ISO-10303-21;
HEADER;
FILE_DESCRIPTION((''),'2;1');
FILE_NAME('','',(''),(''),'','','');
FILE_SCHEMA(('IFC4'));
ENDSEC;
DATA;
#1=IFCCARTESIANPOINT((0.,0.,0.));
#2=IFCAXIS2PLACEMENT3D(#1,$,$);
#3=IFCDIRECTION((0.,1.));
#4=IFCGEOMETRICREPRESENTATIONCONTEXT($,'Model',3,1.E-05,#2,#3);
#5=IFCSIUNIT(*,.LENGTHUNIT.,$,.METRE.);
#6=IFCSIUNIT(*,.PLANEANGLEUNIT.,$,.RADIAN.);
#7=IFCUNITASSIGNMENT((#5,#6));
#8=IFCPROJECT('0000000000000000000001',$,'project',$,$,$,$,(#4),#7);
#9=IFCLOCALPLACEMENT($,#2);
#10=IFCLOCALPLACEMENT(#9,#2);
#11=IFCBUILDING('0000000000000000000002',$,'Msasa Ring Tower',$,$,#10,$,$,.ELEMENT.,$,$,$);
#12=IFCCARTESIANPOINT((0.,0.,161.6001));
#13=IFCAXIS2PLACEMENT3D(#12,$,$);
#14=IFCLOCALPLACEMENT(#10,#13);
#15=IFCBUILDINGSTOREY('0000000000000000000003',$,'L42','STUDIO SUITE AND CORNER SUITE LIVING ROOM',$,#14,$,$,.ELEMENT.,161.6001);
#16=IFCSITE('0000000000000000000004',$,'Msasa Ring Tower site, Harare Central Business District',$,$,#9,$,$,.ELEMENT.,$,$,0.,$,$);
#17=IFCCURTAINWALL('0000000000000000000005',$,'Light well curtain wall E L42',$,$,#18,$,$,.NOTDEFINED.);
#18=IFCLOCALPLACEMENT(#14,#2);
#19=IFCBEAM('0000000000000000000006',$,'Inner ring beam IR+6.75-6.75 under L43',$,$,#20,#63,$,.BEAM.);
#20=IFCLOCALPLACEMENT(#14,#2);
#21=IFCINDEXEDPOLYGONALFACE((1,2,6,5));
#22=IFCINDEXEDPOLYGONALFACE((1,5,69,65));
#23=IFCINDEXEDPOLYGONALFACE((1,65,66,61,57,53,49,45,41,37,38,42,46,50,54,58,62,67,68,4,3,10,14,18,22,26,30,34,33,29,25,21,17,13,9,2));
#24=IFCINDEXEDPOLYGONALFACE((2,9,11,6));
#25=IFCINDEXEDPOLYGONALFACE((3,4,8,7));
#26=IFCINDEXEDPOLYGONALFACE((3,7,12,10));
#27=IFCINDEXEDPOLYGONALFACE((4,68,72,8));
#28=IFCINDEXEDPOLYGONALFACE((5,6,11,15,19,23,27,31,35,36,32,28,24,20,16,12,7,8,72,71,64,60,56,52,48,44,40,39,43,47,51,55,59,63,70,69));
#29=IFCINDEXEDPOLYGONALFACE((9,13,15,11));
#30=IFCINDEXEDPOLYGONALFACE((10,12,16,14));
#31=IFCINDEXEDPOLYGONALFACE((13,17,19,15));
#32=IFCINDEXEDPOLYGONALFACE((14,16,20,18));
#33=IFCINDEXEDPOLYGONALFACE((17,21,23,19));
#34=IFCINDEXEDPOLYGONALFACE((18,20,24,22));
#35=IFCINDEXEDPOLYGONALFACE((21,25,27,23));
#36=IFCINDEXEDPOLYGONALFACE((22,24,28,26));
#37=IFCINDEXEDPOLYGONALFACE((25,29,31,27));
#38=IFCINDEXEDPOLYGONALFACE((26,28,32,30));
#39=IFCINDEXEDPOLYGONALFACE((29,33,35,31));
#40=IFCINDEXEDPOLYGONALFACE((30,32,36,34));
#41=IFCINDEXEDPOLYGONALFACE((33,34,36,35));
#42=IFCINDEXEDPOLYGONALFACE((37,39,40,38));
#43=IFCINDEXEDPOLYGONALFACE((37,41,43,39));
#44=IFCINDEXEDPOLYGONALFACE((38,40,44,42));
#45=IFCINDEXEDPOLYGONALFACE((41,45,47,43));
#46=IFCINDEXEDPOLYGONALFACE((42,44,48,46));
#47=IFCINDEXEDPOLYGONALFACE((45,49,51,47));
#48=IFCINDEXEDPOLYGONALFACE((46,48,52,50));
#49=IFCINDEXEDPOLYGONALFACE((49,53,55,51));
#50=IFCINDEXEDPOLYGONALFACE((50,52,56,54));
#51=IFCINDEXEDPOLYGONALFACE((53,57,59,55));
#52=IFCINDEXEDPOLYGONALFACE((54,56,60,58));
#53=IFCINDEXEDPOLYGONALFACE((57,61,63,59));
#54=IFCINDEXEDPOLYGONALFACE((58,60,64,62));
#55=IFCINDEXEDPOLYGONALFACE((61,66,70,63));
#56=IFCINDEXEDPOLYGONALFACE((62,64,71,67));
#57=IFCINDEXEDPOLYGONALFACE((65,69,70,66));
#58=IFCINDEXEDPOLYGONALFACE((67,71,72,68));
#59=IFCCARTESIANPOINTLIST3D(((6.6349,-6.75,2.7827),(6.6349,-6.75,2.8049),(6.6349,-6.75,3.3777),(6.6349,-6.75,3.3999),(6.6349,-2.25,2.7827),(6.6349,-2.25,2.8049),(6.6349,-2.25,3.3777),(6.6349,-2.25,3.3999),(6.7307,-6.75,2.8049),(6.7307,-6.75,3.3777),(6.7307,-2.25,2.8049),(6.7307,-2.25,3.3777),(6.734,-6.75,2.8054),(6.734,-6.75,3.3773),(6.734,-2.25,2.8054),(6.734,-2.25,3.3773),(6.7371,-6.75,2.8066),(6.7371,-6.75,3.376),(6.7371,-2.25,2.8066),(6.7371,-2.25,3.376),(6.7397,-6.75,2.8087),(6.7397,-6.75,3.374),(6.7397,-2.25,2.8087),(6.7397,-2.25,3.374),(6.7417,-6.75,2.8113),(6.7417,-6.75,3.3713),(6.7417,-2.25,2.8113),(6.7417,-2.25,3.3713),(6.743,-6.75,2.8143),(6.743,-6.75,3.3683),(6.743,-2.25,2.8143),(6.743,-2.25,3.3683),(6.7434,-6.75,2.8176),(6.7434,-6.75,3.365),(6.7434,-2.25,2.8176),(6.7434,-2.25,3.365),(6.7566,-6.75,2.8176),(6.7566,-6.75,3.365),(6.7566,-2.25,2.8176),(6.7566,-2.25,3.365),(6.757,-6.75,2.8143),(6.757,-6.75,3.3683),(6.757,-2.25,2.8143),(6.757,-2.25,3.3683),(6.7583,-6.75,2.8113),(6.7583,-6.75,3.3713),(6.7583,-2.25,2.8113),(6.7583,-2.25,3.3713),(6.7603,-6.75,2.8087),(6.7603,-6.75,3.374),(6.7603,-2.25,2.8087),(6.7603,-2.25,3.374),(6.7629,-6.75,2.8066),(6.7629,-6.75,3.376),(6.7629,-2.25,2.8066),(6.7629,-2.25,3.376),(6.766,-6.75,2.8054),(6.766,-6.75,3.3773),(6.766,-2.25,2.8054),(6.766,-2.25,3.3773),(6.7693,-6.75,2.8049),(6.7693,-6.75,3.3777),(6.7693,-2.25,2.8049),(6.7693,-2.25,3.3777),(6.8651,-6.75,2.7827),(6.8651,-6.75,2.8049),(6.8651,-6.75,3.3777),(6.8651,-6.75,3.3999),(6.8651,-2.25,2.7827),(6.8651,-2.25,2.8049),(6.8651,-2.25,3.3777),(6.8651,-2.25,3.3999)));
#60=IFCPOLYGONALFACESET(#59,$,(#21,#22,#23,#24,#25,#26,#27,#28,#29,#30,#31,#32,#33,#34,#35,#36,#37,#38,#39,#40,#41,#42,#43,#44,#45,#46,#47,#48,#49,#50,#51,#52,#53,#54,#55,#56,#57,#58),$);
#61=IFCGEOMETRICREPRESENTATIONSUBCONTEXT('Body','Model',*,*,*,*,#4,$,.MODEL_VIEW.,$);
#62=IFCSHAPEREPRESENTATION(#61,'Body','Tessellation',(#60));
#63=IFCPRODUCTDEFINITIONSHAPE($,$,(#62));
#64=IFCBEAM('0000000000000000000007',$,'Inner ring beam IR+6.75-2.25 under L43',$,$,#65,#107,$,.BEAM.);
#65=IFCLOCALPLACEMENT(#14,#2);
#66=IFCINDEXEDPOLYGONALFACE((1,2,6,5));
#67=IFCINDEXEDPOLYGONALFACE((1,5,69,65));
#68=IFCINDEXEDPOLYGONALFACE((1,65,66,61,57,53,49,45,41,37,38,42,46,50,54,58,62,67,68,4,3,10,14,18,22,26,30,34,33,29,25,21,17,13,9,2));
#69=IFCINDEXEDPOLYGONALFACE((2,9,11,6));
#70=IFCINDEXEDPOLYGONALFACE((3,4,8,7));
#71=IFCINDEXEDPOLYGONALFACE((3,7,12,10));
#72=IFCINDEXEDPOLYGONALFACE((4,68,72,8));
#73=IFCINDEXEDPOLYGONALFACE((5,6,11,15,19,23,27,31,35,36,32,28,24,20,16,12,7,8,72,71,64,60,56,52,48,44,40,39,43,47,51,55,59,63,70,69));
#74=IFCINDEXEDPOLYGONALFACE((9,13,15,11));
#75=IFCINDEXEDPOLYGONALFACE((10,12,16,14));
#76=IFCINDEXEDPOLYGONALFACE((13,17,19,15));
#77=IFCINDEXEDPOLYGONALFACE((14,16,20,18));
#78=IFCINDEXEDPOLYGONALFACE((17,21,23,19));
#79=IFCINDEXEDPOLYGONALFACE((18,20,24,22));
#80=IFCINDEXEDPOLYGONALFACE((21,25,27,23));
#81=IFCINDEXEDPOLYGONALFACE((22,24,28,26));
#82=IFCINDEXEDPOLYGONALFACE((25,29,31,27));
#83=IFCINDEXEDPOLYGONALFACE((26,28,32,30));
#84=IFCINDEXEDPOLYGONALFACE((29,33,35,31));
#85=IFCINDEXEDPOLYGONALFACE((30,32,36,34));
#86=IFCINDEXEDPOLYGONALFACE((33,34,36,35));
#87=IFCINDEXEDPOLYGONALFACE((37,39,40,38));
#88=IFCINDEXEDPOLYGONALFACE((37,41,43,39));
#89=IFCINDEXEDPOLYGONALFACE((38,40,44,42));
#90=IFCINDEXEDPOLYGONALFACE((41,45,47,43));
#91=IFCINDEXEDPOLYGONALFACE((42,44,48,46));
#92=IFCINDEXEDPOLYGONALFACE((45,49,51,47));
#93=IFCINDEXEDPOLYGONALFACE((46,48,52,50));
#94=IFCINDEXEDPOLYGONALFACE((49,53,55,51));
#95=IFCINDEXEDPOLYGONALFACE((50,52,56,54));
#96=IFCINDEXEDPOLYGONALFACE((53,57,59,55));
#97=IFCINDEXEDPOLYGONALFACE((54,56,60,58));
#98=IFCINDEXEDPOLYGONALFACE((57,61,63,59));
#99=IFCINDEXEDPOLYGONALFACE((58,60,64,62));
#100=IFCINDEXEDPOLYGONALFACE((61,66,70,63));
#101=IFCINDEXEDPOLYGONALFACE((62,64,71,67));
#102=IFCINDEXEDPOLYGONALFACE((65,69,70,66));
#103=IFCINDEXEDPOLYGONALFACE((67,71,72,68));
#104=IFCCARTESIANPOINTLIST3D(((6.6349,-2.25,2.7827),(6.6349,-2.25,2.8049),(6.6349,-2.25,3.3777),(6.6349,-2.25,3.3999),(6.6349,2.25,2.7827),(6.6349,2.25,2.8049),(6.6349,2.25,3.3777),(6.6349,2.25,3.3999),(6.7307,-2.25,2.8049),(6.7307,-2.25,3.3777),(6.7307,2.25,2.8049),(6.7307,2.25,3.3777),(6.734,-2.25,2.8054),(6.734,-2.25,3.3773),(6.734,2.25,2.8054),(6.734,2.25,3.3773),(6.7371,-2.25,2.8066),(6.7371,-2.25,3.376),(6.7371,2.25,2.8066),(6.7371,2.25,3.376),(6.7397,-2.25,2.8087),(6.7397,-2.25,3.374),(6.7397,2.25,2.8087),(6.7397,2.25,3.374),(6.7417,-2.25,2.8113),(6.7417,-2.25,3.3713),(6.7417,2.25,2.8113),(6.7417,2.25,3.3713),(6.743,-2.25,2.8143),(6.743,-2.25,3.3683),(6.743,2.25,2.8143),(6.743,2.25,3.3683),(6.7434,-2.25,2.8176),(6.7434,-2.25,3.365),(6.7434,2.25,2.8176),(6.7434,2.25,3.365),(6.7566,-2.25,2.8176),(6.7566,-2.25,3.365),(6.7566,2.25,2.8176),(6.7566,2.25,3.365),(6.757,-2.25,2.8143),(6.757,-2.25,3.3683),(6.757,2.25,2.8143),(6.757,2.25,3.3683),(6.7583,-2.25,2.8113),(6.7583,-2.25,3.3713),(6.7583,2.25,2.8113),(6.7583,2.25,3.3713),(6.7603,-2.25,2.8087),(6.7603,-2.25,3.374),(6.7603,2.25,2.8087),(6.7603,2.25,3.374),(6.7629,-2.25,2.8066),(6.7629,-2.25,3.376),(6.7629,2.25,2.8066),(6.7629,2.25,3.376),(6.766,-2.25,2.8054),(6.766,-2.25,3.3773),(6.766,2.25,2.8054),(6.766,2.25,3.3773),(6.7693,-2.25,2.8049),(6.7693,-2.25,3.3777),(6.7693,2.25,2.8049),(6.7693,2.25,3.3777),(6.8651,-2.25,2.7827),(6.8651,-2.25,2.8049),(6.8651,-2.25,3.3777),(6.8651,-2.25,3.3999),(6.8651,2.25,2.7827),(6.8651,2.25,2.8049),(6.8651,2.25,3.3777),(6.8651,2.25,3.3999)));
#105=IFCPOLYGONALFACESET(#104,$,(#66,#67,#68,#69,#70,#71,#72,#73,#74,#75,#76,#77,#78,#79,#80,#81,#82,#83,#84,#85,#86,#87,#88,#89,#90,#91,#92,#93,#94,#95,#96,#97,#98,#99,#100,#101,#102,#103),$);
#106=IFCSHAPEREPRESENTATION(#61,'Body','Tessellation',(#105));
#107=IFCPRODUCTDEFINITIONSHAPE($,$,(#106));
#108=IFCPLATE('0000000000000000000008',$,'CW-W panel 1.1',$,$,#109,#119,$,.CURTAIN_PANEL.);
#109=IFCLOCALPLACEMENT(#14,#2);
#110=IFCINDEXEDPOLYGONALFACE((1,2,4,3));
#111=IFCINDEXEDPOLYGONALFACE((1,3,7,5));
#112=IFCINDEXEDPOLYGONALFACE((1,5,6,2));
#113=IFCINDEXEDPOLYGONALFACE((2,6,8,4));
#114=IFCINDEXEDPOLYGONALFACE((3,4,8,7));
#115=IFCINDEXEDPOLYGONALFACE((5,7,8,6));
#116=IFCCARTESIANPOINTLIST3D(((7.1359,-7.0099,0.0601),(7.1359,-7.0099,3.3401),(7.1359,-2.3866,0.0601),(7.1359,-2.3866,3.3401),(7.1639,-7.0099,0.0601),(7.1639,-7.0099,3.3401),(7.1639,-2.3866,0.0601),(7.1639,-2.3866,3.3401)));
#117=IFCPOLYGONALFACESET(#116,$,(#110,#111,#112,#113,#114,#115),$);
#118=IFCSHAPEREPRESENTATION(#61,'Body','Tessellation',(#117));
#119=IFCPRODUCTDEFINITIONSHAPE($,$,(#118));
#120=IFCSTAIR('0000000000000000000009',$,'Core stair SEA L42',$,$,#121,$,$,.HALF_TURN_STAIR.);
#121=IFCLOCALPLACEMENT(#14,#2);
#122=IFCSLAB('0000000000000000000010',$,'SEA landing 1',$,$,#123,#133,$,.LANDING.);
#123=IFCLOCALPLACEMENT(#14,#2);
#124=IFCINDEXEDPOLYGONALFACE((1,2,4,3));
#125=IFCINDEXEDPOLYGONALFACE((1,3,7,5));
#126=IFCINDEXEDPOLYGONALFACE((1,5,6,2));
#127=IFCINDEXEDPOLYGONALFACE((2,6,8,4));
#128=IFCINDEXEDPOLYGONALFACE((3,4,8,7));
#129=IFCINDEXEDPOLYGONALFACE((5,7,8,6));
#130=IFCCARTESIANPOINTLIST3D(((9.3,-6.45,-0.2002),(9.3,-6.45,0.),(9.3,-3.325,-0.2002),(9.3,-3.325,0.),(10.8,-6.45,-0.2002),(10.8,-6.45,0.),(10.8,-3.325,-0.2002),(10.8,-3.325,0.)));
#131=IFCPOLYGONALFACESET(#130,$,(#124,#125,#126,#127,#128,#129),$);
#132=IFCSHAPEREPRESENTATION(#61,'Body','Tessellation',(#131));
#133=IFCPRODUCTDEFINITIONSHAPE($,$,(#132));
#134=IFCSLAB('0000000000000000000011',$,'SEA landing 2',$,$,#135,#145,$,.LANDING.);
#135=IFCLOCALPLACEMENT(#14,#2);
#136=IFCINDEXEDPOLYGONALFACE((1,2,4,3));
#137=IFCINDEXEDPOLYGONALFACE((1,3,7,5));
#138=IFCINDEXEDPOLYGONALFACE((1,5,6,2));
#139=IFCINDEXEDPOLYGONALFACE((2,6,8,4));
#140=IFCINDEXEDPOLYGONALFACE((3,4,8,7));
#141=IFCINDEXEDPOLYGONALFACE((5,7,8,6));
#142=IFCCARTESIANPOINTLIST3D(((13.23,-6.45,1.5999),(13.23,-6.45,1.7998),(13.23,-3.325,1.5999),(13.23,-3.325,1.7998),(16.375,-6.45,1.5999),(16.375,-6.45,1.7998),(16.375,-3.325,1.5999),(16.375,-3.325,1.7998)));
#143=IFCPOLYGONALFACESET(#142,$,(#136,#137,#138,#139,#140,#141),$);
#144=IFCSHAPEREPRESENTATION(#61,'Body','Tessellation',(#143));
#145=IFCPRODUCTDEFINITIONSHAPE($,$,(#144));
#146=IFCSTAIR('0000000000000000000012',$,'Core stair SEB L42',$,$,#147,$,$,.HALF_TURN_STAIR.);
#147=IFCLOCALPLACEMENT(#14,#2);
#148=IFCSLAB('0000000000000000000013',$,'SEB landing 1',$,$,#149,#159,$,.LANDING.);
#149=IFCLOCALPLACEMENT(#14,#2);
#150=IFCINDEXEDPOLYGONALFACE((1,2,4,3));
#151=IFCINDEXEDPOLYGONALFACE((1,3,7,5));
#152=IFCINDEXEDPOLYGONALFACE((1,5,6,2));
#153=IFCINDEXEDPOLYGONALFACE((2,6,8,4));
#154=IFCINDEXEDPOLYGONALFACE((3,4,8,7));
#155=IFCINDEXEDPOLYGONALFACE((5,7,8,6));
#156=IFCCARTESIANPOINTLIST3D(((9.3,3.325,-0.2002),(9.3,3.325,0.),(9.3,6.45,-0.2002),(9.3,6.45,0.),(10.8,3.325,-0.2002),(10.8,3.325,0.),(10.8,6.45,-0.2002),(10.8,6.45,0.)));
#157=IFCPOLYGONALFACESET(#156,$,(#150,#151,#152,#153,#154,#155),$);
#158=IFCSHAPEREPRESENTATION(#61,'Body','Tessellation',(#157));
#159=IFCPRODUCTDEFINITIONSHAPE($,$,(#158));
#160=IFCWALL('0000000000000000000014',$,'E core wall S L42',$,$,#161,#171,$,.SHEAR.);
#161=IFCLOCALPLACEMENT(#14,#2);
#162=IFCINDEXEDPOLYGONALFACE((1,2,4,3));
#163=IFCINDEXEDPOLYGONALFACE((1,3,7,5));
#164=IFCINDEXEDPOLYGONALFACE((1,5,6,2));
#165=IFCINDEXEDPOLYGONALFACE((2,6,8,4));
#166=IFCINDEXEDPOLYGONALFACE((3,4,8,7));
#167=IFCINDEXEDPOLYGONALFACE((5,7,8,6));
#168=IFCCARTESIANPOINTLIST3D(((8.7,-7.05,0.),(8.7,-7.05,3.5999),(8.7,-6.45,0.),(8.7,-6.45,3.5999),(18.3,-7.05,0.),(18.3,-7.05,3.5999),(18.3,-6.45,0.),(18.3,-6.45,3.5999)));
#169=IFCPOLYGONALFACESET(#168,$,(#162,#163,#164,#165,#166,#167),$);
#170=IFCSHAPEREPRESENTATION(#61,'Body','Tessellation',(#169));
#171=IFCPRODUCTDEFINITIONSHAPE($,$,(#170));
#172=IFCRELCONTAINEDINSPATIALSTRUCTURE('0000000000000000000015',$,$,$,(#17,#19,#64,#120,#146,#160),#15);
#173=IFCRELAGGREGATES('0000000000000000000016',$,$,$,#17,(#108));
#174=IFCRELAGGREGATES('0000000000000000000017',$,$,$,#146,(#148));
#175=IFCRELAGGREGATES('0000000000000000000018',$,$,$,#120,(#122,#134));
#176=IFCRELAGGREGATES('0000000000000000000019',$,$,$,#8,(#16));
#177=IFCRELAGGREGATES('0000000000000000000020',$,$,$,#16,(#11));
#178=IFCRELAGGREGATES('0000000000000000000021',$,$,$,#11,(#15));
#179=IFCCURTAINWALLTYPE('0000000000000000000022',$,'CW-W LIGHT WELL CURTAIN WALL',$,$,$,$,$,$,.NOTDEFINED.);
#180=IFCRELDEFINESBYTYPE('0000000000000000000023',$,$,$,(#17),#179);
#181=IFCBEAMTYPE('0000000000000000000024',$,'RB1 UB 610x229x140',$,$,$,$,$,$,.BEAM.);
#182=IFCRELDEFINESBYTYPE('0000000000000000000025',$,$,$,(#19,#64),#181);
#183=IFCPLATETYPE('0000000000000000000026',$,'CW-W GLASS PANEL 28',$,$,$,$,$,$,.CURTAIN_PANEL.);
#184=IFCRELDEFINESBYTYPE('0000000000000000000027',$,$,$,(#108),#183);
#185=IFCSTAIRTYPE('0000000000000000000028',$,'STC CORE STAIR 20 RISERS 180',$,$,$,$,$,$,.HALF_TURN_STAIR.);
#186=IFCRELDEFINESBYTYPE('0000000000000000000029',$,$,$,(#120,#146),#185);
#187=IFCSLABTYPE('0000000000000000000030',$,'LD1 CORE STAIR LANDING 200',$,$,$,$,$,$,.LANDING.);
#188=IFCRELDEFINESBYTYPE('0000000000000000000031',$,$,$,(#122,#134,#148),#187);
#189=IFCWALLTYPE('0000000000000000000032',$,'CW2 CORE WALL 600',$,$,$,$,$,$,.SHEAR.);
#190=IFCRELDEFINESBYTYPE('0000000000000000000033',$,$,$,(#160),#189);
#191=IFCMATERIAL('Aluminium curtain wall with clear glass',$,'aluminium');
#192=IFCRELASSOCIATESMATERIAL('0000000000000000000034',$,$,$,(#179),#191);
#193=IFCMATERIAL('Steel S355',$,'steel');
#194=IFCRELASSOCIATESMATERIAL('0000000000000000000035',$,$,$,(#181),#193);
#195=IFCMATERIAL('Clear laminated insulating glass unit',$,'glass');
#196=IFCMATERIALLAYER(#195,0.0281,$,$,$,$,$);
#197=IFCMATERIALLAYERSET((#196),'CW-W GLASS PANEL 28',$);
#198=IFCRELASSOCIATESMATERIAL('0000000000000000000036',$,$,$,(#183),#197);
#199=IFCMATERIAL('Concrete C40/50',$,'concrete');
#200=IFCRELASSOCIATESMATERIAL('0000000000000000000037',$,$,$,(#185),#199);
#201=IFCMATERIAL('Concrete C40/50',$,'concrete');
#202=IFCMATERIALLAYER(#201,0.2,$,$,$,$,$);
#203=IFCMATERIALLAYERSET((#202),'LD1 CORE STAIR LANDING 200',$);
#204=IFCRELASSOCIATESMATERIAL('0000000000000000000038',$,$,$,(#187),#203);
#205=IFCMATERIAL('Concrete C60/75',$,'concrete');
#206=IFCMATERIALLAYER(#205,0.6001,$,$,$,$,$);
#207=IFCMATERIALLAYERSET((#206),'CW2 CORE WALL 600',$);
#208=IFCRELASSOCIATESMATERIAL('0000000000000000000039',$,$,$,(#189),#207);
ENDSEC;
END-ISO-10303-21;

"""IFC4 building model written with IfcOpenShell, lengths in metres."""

from ifc_helpers import new_model, si_unit, direction, frame, frame_2d, origin, origin_2d, place, context, subcontext, project, spatial, polyline, rectangle, i_section, outline, extrude, material, layer, layer_set, material_profile, profile_set, type_object, element, aggregate, save


model = new_model("IFC4")

# Units and contexts
model_context = context("Model", 3, precision=1e-05, world=origin(), true_north=direction((0.0, 1.0)))
body_context = subcontext(model_context, "Body", "Model", "MODEL_VIEW")
ifc_project = project(units=[si_unit("LENGTHUNIT", "METRE"), si_unit("PLANEANGLEUNIT", "RADIAN")], contexts=[model_context])

# Site, building, storey
site_placement = place(None, origin())
site = spatial("IfcSite", under=ifc_project, at=site_placement, Name="Msasa Ring Tower site, Harare Central Business District", CompositionType="ELEMENT", RefElevation=0.0)
building_placement = place(site_placement, origin())
building = spatial("IfcBuilding", under=site, at=building_placement, Name="Msasa Ring Tower", CompositionType="ELEMENT")
storey_placement = place(building_placement, frame((0.0, 0.0, 161.6001)))
storey = spatial("IfcBuildingStorey", under=building, at=storey_placement, Name="L42", Description="STUDIO SUITE AND CORNER SUITE LIVING ROOM", CompositionType="ELEMENT", Elevation=161.6001)

# Shared definitions
ifc_material_1 = material(Name="Aluminium curtain wall with clear glass", Category="aluminium")
curtain_wall_type = type_object("IfcCurtainWallType", Name="CW-W LIGHT WELL CURTAIN WALL", PredefinedType="NOTDEFINED", material=ifc_material_1)

# Curtain wall
curtain_wall_1_placement = place(storey_placement, origin())
curtain_wall_1 = element("IfcCurtainWall", 1, at=curtain_wall_1_placement, inside=storey, type_object=curtain_wall_type, Name="Light well curtain wall E L42", PredefinedType="NOTDEFINED")

# Beams
ifc_material_2 = material(Name="Steel S355", Category="steel")
ifc_material_profile_1 = material_profile(ifc_material_2, i_section(OverallWidth=0.2302, OverallDepth=0.6172, WebThickness=0.0132, FlangeThickness=0.0222, FilletRadius=0.0127, at=origin_2d()), Name="UB 610x229x140")
ifc_profile_set_1 = profile_set([ifc_material_profile_1], Name="Steel S355")
beam_type = type_object("IfcBeamType", Name="RB1 UB 610x229x140", PredefinedType="BEAM", material=ifc_profile_set_1)
for number, where, z_axis, x_axis, name in (
    (2, (6.75, -6.75, 3.0913), (0.0, 1.0, 0.0), (-1.0, 0.0, 0.0), "Inner ring beam IR+6.75-6.75 under L43"),
    (3, (6.75, -2.25, 3.0913), (0.0, 1.0, 0.0), (-1.0, 0.0, 0.0), "Inner ring beam IR+6.75-2.25 under L43"),
):
    element("IfcBeam", number, at=place(storey_placement, frame(where, z_axis=z_axis, x_axis=x_axis)), inside=storey, type_object=beam_type, Name=name, PredefinedType="BEAM", context=body_context, shape_type="SweptSolid", body=[
        extrude(i_section(OverallWidth=0.2302, OverallDepth=0.6172, WebThickness=0.0132, FlangeThickness=0.0222, FilletRadius=0.0127, at=origin_2d()), origin(), (0.0, 0.0, 1.0), 4.5),
    ])

# Plate
ifc_material_3 = material(Name="Clear laminated insulating glass unit", Category="glass")
ifc_layer_1 = layer(ifc_material_3, 0.0281)
ifc_layer_set_1 = layer_set([ifc_layer_1], Name="CW-W GLASS PANEL 28")
plate_type = type_object("IfcPlateType", Name="CW-W GLASS PANEL 28", PredefinedType="CURTAIN_PANEL", material=ifc_layer_set_1)
plate_placement = place(storey_placement, frame((7.1499, -4.6982, 0.0601), z_axis=(0.0, 0.0, 1.0), x_axis=(0.0, 1.0, 0.0)))
plate = element("IfcPlate", 4, at=plate_placement, type_object=plate_type, Name="CW-W panel 1.1", PredefinedType="CURTAIN_PANEL", context=body_context, shape_type="SweptSolid", body=[
    extrude(rectangle(XDim=4.6233, YDim=0.0281, at=origin_2d()), origin(), (0.0, 0.0, 1.0), 3.28),
])
aggregate(curtain_wall_1, [plate])

# Stair, slabs
ifc_material_4 = material(Name="Concrete C40/50", Category="concrete")
stair_type = type_object("IfcStairType", Name="STC CORE STAIR 20 RISERS 180", PredefinedType="HALF_TURN_STAIR", material=ifc_material_4)
stair_1_placement = place(storey_placement, origin())
stair_1 = element("IfcStair", 5, at=stair_1_placement, inside=storey, type_object=stair_type, Name="Core stair SEA L42", PredefinedType="HALF_TURN_STAIR")
ifc_material_5 = material(Name="Concrete C40/50", Category="concrete")
ifc_layer_2 = layer(ifc_material_5, 0.2)
ifc_layer_set_2 = layer_set([ifc_layer_2], Name="LD1 CORE STAIR LANDING 200")
slab_type = type_object("IfcSlabType", Name="LD1 CORE STAIR LANDING 200", PredefinedType="LANDING", material=ifc_layer_set_2)
slab_1_placement = place(storey_placement, frame((0.0, 0.0, -0.2002)))
slab_1 = element("IfcSlab", 6, at=slab_1_placement, type_object=slab_type, Name="SEA landing 1", PredefinedType="LANDING", context=body_context, shape_type="SweptSolid", body=[
    extrude(outline(polyline([(9.3, -6.45), (10.8, -6.45), (10.8, -3.325), (9.3, -3.325), (9.3, -6.45)])), origin(), (0.0, 0.0, 1.0), 0.2002),
])
slab_2_placement = place(storey_placement, frame((0.0, 0.0, 1.5999)))
slab_2 = element("IfcSlab", 7, at=slab_2_placement, type_object=slab_type, Name="SEA landing 2", PredefinedType="LANDING", context=body_context, shape_type="SweptSolid", body=[
    extrude(outline(polyline([(13.23, -6.45), (16.375, -6.45), (16.375, -3.325), (13.23, -3.325), (13.23, -6.45)])), origin(), (0.0, 0.0, 1.0), 0.2),
])

# Stair, slab
stair_2_placement = place(storey_placement, origin())
stair_2 = element("IfcStair", 8, at=stair_2_placement, inside=storey, type_object=stair_type, Name="Core stair SEB L42", PredefinedType="HALF_TURN_STAIR")
slab_3_placement = place(storey_placement, frame((0.0, 0.0, -0.2002)))
slab_3 = element("IfcSlab", 9, at=slab_3_placement, type_object=slab_type, Name="SEB landing 1", PredefinedType="LANDING", context=body_context, shape_type="SweptSolid", body=[
    extrude(outline(polyline([(9.3, 3.325), (10.8, 3.325), (10.8, 6.45), (9.3, 6.45), (9.3, 3.325)])), origin(), (0.0, 0.0, 1.0), 0.2002),
])
aggregate(stair_2, [slab_3])

# Wall
ifc_material_6 = material(Name="Concrete C60/75", Category="concrete")
ifc_layer_3 = layer(ifc_material_6, 0.6001)
ifc_layer_set_3 = layer_set([ifc_layer_3], Name="CW2 CORE WALL 600")
wall_type_1 = type_object("IfcWallType", Name="CW2 CORE WALL 600", PredefinedType="SHEAR", material=ifc_layer_set_3)
wall_1_placement = place(storey_placement, frame((8.7, -6.75, 0.0), z_axis=(0.0, 0.0, 1.0), x_axis=(1.0, 0.0, 0.0)))
element("IfcWall", 10, at=wall_1_placement, inside=storey, type_object=wall_type_1, Name="E core wall S L42", PredefinedType="SHEAR", context=body_context, shape_type="SweptSolid", body=[
    extrude(rectangle(XDim=9.6001, YDim=0.6001, at=frame_2d((4.8, 0.0))), origin(), (0.0, 0.0, 1.0), 3.5999),
])

aggregate(stair_1, [slab_1, slab_2])

save(model, "model.ifc")
